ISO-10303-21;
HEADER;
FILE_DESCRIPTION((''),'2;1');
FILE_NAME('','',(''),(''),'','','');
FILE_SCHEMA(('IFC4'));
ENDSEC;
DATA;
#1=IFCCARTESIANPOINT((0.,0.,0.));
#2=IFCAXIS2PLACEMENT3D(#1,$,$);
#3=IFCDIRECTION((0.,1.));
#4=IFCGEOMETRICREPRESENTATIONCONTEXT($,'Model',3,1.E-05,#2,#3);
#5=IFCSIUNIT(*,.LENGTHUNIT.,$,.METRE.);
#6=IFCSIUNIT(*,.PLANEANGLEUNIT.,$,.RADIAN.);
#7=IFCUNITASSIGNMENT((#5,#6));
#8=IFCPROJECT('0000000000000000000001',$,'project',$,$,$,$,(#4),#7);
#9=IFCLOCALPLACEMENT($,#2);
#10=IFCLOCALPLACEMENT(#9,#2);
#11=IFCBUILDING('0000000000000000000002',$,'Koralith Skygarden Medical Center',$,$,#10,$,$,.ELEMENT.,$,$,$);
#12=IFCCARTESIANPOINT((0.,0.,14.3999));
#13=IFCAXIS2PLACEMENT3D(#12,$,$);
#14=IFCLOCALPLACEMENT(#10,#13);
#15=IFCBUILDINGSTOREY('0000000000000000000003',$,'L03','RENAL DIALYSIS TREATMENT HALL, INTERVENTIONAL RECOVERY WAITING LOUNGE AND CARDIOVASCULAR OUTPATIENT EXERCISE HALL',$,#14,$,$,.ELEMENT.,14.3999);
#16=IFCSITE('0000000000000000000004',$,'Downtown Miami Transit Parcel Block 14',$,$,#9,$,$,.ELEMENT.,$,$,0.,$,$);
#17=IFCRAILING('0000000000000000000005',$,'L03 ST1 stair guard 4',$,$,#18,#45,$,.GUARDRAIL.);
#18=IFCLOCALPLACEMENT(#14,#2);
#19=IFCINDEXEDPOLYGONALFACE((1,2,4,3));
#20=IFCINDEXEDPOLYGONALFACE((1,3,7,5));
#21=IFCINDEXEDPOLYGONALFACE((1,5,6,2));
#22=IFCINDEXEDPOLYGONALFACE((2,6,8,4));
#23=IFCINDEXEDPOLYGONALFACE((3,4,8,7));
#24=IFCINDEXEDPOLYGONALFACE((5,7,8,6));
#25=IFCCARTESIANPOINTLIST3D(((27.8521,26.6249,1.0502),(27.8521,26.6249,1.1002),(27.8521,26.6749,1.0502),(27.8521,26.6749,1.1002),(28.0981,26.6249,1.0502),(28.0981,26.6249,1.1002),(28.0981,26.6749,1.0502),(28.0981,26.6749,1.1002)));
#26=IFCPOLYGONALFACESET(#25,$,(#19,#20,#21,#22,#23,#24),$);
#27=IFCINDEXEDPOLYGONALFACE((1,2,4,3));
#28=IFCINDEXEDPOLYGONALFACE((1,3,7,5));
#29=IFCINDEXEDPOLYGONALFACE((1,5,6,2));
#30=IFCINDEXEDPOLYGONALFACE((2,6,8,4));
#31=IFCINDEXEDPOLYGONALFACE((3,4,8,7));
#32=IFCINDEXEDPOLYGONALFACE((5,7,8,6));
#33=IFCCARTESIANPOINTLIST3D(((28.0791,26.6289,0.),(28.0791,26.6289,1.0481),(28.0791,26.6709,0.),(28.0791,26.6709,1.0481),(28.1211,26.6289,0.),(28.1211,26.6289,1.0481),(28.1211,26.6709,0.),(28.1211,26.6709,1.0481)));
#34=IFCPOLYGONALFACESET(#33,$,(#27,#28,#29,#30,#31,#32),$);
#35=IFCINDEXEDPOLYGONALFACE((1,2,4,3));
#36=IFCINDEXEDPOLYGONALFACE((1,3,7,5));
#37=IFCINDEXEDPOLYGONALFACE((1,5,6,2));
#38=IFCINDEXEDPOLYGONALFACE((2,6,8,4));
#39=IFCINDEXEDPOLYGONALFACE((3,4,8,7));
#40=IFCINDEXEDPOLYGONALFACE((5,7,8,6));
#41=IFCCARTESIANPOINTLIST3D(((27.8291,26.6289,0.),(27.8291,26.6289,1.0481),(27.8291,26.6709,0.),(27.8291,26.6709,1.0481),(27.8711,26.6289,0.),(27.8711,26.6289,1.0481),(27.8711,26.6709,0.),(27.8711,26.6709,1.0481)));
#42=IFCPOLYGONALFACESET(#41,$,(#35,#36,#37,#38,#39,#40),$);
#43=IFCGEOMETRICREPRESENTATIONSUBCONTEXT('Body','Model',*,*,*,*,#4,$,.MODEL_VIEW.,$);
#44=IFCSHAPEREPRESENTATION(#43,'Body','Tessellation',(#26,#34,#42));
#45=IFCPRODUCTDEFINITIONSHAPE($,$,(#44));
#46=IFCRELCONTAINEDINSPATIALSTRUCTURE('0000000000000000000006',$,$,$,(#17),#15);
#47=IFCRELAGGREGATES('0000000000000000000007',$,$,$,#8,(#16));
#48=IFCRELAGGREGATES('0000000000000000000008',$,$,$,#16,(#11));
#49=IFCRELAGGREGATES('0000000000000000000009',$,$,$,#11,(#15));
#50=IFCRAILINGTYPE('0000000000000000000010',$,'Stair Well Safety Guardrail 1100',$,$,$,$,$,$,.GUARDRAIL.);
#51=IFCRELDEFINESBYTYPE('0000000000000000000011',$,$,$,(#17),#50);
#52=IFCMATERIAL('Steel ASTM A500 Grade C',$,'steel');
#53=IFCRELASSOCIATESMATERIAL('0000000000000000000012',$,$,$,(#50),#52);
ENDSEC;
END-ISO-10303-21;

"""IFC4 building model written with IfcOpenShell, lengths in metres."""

from ifc_helpers import new_model, si_unit, direction, frame, origin, origin_2d, place, context, subcontext, project, spatial, rectangle, extrude, material, type_object, element, save


model = new_model("IFC4")

# Units and contexts
model_context = context("Model", 3, precision=1e-05, world=origin(), true_north=direction((0.0, 1.0)))
body_context = subcontext(model_context, "Body", "Model", "MODEL_VIEW")
ifc_project = project(units=[si_unit("LENGTHUNIT", "METRE"), si_unit("PLANEANGLEUNIT", "RADIAN")], contexts=[model_context])

# Site, building, storey
site_placement = place(None, origin())
site = spatial("IfcSite", under=ifc_project, at=site_placement, Name="Downtown Miami Transit Parcel Block 14", CompositionType="ELEMENT", RefElevation=0.0)
building_placement = place(site_placement, origin())
building = spatial("IfcBuilding", under=site, at=building_placement, Name="Koralith Skygarden Medical Center", CompositionType="ELEMENT")
storey_placement = place(building_placement, frame((0.0, 0.0, 14.3999)))
storey = spatial("IfcBuildingStorey", under=building, at=storey_placement, Name="L03", Description="RENAL DIALYSIS TREATMENT HALL, INTERVENTIONAL RECOVERY WAITING LOUNGE AND CARDIOVASCULAR OUTPATIENT EXERCISE HALL", CompositionType="ELEMENT", Elevation=14.3999)

# Railing
ifc_material_1 = material(Name="Steel ASTM A500 Grade C", Category="steel")
railing_type_1 = type_object("IfcRailingType", Name="Stair Well Safety Guardrail 1100", PredefinedType="GUARDRAIL", material=ifc_material_1)
railing_1_placement = place(storey_placement, frame((28.1001, 26.6499, 0.0)))
element("IfcRailing", 1, at=railing_1_placement, inside=storey, type_object=railing_type_1, Name="L03 ST1 stair guard 4", PredefinedType="GUARDRAIL", context=body_context, shape_type="SweptSolid", body=[
    extrude(rectangle(XDim=0.05, YDim=0.05, at=origin_2d()), frame((-0.002, 0.0, 1.0752), z_axis=(-1.0, 0.0, 0.0), x_axis=(0.0, -1.0, 0.0)), (0.0, 0.0, 1.0), 0.2461),
    extrude(rectangle(XDim=0.042, YDim=0.042, at=origin_2d()), origin(), (0.0, 0.0, 1.0), 1.0481),
    extrude(rectangle(XDim=0.042, YDim=0.042, at=origin_2d()), frame((-0.25, 0.0, 0.0)), (0.0, 0.0, 1.0), 1.0481),
])

save(model, "model.ifc")
